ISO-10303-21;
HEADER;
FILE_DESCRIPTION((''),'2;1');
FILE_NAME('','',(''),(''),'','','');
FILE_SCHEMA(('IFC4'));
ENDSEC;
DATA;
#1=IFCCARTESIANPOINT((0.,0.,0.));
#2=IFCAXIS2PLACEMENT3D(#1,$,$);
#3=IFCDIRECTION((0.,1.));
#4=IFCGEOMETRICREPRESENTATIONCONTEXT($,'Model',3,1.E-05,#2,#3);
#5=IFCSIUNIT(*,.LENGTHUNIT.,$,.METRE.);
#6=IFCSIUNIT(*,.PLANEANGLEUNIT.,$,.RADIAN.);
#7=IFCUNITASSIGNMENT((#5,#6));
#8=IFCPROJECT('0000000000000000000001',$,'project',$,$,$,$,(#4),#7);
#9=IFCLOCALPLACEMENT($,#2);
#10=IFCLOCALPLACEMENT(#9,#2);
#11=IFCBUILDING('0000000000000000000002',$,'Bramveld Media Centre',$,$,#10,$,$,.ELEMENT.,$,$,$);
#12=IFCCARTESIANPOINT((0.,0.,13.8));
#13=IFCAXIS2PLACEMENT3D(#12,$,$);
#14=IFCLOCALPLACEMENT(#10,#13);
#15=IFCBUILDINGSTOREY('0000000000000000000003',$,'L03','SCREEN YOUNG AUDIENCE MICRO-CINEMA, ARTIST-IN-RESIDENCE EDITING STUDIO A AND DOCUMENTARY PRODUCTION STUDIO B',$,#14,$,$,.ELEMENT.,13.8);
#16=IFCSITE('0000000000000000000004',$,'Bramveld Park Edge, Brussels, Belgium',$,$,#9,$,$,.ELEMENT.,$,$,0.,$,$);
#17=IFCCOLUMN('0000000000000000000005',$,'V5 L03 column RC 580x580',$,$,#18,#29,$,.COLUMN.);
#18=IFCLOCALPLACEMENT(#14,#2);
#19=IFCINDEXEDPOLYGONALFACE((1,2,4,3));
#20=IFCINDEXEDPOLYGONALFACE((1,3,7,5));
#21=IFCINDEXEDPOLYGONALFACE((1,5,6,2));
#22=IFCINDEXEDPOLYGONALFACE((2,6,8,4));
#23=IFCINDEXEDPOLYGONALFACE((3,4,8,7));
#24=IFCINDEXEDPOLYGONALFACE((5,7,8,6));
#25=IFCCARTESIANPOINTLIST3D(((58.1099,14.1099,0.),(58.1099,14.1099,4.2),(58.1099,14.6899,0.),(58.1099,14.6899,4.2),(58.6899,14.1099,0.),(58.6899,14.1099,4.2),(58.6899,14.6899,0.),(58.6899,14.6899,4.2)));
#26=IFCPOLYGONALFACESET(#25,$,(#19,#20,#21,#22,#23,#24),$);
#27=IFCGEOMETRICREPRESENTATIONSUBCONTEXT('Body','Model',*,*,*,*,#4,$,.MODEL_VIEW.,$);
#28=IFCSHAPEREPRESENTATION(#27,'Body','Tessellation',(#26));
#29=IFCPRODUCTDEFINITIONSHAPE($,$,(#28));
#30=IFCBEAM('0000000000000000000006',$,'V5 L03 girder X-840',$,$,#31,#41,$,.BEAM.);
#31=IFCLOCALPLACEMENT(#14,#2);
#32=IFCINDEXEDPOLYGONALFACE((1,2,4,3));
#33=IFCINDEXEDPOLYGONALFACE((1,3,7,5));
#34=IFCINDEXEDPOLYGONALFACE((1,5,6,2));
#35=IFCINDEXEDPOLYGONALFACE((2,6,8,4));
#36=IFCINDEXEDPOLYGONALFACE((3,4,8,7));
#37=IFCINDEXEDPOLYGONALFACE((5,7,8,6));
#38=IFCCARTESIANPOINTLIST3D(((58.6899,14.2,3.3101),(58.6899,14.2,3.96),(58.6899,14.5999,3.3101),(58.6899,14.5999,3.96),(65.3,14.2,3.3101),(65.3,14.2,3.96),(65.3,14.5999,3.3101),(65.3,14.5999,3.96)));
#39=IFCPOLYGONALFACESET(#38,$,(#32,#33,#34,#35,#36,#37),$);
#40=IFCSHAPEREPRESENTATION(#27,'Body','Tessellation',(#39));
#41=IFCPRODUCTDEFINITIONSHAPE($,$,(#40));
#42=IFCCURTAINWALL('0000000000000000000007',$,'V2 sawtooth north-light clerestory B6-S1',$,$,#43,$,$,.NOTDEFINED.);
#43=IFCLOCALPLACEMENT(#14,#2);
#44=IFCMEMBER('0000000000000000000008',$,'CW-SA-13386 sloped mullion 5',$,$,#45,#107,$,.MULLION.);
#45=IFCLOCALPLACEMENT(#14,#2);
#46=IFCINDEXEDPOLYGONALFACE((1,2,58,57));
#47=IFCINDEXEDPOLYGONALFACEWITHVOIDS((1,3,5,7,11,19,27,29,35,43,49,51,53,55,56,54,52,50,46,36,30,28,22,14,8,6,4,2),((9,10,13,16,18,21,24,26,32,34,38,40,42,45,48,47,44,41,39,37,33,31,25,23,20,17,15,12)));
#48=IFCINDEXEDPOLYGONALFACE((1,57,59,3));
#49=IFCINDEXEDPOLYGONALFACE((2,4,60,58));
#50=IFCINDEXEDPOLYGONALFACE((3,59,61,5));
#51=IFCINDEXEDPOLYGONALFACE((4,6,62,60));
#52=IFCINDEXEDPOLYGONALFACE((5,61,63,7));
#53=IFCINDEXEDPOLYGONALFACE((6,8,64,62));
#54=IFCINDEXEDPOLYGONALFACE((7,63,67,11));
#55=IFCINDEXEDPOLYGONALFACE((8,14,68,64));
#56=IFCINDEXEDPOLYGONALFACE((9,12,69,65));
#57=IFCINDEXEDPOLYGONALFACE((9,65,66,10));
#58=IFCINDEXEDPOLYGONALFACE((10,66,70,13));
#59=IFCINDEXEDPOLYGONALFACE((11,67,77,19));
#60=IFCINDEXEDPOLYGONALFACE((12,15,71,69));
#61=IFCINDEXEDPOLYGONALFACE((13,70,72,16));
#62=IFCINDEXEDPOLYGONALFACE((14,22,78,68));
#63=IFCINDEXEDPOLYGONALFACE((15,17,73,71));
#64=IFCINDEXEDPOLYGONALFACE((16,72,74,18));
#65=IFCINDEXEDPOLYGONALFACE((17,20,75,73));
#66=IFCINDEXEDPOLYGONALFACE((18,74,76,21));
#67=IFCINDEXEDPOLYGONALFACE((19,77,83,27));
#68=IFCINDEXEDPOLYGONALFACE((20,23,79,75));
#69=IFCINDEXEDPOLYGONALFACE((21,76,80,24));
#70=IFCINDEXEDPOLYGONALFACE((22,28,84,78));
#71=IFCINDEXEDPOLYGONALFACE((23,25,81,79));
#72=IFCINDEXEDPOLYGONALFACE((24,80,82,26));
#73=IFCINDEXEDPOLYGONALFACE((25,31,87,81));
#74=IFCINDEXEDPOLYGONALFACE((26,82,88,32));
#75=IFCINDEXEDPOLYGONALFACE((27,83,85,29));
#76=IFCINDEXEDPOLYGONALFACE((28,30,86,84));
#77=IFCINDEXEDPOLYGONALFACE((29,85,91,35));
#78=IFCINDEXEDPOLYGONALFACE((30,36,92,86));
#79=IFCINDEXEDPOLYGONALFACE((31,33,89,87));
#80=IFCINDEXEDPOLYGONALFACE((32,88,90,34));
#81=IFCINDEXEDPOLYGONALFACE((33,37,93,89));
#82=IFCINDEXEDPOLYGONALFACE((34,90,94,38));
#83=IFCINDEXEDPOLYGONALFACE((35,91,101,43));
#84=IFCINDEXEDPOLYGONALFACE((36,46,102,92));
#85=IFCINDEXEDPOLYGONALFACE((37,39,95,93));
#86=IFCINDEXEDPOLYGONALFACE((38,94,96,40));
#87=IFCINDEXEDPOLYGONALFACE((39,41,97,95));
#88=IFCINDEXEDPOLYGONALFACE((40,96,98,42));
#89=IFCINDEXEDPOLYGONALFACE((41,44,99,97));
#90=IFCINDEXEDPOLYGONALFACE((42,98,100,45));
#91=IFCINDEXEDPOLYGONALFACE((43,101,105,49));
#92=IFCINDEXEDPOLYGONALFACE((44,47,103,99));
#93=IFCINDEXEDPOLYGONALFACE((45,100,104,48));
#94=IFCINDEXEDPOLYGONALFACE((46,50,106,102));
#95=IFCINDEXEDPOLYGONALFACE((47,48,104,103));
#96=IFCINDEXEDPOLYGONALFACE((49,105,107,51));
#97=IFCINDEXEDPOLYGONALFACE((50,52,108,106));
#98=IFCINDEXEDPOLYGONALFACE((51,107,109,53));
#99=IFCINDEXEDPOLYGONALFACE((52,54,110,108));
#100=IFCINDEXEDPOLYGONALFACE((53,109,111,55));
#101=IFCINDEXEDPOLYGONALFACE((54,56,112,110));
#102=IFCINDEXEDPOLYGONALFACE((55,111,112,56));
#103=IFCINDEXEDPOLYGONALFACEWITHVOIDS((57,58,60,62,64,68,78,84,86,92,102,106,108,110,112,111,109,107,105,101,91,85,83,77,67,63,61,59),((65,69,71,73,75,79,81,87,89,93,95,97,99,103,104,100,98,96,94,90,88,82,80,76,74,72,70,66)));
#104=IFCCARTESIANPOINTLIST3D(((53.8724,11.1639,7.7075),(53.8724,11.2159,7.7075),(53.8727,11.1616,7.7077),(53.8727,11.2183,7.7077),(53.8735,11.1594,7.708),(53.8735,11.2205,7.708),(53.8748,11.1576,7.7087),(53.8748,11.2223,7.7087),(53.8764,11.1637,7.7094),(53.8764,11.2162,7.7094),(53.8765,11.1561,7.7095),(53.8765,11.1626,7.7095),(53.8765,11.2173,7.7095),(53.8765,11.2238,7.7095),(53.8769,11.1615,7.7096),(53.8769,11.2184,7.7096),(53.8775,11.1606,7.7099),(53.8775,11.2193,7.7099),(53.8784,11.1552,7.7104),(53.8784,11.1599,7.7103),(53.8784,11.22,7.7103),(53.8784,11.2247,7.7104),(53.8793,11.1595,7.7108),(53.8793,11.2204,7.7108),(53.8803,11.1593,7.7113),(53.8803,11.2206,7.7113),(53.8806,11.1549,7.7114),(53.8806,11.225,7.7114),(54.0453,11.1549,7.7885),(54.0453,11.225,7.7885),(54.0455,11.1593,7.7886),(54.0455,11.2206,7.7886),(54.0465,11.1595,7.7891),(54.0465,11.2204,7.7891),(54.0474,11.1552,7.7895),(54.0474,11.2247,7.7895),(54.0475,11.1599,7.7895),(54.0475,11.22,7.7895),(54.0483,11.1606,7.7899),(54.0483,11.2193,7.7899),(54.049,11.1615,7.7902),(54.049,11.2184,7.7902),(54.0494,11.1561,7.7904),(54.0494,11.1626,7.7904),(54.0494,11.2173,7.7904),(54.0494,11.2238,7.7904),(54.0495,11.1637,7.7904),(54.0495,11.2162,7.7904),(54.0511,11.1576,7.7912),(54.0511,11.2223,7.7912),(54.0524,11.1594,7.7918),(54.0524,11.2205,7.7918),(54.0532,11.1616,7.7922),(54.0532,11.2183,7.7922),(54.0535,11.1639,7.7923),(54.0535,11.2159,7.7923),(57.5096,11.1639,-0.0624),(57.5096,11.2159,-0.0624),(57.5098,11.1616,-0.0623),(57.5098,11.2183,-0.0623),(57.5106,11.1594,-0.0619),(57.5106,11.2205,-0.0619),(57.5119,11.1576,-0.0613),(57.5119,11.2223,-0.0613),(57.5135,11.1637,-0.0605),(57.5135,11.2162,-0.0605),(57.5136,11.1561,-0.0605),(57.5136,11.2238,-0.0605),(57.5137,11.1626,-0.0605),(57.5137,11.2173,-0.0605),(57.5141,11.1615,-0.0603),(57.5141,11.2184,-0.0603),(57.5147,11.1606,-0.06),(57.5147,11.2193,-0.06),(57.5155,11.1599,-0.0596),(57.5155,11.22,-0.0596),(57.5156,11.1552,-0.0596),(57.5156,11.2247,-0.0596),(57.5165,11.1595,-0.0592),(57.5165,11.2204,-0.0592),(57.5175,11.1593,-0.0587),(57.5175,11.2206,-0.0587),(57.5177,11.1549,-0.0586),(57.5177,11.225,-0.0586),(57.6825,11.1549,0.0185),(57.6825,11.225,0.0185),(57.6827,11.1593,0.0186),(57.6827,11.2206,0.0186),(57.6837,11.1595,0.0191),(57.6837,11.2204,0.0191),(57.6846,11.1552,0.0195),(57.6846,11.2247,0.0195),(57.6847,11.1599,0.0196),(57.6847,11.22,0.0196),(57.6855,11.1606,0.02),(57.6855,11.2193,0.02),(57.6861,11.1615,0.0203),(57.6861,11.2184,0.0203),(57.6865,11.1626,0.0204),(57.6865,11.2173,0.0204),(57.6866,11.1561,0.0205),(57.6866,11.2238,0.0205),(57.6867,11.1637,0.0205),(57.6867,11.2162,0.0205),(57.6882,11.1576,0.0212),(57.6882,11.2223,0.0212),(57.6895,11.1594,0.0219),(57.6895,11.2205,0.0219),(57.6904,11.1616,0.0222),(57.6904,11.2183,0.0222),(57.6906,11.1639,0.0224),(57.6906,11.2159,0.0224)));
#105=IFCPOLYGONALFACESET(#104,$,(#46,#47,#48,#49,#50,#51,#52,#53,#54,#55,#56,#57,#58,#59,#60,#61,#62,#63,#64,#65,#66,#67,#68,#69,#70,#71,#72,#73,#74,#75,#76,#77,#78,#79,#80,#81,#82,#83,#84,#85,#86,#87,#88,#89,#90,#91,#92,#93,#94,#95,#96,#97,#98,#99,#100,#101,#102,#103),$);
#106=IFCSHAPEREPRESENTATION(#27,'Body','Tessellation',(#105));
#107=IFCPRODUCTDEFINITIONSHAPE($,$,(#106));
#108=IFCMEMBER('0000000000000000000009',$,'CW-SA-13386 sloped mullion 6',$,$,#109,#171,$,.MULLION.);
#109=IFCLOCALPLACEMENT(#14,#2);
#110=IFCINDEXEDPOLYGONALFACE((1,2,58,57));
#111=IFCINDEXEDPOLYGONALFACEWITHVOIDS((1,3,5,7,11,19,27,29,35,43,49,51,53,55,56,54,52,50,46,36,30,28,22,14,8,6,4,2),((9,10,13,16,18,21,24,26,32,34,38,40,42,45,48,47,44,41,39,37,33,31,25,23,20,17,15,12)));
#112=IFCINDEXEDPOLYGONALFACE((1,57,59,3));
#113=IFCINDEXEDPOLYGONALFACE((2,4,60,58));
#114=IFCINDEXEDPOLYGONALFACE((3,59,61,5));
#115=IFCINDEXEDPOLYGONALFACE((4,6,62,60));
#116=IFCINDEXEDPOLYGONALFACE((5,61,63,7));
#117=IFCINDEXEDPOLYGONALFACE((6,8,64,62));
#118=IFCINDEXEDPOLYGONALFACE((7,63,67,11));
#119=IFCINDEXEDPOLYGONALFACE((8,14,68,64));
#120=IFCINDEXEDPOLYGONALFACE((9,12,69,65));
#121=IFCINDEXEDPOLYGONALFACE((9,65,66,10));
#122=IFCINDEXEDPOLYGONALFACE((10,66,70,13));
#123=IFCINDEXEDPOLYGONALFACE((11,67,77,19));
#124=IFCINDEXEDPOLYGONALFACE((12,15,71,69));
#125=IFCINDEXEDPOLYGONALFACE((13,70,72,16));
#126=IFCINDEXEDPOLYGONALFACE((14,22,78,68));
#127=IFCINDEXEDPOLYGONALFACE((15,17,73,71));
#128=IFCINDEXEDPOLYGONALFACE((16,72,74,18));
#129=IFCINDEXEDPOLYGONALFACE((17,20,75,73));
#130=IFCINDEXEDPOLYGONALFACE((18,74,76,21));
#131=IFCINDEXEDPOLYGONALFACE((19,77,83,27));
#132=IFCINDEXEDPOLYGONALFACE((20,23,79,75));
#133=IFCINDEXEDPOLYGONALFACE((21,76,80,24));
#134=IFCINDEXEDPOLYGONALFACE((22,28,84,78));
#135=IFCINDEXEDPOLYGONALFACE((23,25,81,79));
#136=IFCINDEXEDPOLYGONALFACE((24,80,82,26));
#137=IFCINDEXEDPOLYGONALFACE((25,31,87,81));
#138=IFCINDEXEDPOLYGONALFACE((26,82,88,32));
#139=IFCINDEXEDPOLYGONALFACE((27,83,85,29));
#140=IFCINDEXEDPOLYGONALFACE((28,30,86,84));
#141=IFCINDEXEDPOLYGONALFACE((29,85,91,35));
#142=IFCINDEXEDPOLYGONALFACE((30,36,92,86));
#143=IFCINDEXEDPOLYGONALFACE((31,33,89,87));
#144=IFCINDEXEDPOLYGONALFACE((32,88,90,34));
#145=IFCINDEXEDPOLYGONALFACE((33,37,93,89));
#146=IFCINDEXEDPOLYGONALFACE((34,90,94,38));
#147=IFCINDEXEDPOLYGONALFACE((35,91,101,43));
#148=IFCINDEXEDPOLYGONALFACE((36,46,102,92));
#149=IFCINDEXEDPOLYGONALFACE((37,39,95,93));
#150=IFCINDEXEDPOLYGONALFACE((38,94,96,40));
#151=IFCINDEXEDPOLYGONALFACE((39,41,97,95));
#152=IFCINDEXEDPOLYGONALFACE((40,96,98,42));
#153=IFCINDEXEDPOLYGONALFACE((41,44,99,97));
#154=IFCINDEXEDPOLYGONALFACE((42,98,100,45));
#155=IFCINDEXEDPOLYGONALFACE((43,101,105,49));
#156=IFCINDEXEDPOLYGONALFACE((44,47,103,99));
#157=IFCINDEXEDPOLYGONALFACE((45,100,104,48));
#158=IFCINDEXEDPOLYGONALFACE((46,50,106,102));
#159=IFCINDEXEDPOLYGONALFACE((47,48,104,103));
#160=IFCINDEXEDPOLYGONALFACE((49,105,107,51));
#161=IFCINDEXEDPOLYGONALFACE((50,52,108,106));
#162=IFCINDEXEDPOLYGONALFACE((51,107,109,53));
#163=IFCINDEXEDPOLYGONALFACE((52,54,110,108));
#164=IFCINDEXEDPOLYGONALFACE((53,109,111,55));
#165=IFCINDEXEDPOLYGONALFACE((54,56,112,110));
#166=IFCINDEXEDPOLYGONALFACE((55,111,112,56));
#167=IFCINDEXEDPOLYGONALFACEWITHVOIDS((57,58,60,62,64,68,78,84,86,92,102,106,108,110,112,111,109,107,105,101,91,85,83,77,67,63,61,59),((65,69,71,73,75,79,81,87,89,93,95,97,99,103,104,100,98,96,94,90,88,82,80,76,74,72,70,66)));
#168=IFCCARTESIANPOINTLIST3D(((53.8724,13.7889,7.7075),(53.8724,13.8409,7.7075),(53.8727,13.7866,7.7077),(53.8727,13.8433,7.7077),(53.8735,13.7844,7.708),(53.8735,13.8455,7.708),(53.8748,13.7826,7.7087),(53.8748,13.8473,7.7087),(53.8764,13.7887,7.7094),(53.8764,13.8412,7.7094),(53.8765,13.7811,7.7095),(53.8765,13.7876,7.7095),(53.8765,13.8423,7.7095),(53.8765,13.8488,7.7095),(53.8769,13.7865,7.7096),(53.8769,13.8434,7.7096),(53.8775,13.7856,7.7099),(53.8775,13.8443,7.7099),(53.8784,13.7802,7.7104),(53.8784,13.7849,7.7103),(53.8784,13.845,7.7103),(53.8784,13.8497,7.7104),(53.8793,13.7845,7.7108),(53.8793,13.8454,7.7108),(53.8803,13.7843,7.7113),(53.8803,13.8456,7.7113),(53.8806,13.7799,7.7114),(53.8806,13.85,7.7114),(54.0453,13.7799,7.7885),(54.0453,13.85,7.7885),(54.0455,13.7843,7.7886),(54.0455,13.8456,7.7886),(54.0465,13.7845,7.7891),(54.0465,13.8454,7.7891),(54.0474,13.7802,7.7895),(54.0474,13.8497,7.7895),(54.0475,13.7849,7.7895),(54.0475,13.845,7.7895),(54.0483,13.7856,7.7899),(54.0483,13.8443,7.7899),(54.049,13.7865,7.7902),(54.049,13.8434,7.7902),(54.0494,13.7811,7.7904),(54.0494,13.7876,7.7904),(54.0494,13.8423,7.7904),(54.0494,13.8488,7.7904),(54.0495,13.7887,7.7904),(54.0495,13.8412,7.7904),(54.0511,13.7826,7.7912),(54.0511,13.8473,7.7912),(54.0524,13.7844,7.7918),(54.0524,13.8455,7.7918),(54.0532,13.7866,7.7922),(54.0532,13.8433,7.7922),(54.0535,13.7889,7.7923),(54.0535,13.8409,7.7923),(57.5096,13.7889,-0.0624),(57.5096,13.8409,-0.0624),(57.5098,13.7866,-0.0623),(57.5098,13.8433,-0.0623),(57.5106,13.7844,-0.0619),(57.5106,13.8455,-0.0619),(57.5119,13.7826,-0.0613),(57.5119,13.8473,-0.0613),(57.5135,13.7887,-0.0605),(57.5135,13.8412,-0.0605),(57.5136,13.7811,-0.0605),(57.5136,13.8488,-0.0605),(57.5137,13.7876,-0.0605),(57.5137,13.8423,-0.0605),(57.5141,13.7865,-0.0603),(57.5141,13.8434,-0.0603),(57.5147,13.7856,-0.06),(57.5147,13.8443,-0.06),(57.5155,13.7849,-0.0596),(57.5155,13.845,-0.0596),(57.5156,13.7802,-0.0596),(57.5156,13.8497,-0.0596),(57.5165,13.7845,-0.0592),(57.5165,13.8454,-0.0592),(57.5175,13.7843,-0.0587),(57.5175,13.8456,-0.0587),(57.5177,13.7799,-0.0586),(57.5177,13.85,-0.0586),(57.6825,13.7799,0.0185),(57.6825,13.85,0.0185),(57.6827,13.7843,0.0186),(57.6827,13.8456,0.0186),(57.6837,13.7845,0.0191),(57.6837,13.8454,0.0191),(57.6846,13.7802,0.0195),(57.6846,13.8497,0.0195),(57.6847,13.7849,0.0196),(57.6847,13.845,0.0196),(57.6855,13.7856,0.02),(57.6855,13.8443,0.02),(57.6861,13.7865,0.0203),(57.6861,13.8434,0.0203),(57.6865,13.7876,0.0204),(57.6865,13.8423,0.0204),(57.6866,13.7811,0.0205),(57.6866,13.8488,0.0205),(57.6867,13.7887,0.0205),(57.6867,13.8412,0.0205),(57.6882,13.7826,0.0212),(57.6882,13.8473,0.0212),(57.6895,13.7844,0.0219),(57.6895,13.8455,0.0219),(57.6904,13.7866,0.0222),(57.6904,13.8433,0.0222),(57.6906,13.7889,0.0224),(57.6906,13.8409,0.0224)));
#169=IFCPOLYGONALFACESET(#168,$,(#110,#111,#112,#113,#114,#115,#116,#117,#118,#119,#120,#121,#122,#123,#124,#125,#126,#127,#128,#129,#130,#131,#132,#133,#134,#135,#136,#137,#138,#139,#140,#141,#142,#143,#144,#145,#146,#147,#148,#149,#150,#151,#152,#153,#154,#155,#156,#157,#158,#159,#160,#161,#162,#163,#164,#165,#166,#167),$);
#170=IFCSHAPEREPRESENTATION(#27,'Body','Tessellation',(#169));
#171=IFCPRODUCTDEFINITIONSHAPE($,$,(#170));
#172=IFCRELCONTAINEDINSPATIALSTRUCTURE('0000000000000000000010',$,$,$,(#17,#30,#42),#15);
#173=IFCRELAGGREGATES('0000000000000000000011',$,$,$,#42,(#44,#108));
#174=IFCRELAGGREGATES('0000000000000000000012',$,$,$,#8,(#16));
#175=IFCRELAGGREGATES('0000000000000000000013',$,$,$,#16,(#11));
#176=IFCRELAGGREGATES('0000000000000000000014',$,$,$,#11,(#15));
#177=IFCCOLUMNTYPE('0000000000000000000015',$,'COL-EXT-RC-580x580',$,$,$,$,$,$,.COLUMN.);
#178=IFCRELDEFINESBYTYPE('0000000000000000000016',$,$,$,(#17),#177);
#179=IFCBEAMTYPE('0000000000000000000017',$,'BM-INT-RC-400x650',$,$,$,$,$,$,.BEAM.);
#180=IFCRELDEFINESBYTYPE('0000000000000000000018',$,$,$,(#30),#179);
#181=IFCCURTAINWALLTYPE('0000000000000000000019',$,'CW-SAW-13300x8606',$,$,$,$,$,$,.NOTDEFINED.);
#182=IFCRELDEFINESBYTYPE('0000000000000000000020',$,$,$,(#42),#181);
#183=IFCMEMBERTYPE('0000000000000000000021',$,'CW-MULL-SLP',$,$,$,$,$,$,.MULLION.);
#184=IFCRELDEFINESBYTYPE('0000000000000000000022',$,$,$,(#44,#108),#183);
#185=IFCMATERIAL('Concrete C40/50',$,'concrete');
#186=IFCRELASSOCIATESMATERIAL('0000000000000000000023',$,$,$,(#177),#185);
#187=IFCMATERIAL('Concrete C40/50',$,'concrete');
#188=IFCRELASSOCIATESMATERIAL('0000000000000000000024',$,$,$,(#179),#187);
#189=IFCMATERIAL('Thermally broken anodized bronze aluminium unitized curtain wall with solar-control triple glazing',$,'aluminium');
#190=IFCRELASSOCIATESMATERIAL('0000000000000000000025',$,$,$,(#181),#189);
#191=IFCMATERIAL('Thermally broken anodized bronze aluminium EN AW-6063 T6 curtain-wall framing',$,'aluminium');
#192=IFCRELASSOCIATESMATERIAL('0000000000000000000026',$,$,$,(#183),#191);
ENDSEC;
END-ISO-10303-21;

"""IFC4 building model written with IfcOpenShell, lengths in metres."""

from ifc_helpers import new_model, si_unit, direction, frame, origin, origin_2d, place, context, subcontext, project, spatial, rectangle, hollow_rectangle, extrude, material, material_profile, profile_set, type_object, element, aggregate, save


model = new_model("IFC4")

# Units and contexts
model_context = context("Model", 3, precision=1e-05, world=origin(), true_north=direction((0.0, 1.0)))
body_context = subcontext(model_context, "Body", "Model", "MODEL_VIEW")
ifc_project = project(units=[si_unit("LENGTHUNIT", "METRE"), si_unit("PLANEANGLEUNIT", "RADIAN")], contexts=[model_context])

# Site, building, storey
site_placement = place(None, origin())
site = spatial("IfcSite", under=ifc_project, at=site_placement, Name="Bramveld Park Edge, Brussels, Belgium", CompositionType="ELEMENT", RefElevation=0.0)
building_placement = place(site_placement, origin())
building = spatial("IfcBuilding", under=site, at=building_placement, Name="Bramveld Media Centre", CompositionType="ELEMENT")
storey_placement = place(building_placement, frame((0.0, 0.0, 13.8)))
storey = spatial("IfcBuildingStorey", under=building, at=storey_placement, Name="L03", Description="SCREEN YOUNG AUDIENCE MICRO-CINEMA, ARTIST-IN-RESIDENCE EDITING STUDIO A AND DOCUMENTARY PRODUCTION STUDIO B", CompositionType="ELEMENT", Elevation=13.8)

# Column
ifc_material_1 = material(Name="Concrete C40/50", Category="concrete")
ifc_material_profile_1 = material_profile(ifc_material_1, rectangle(XDim=0.5801, YDim=0.5801, at=origin_2d()), Name="RC 580x580")
ifc_profile_set_1 = profile_set([ifc_material_profile_1], Name="Concrete C40/50")
column_type = type_object("IfcColumnType", Name="COL-EXT-RC-580x580", PredefinedType="COLUMN", material=ifc_profile_set_1)
column_placement = place(storey_placement, frame((58.3999, 14.3999, 0.0), z_axis=(0.0, 0.0, 1.0), x_axis=(1.0, 0.0, 0.0)))
element("IfcColumn", 1, at=column_placement, inside=storey, type_object=column_type, Name="V5 L03 column RC 580x580", PredefinedType="COLUMN", context=body_context, shape_type="SweptSolid", body=[
    extrude(rectangle(XDim=0.5801, YDim=0.5801, at=origin_2d()), origin(), (0.0, 0.0, 1.0), 4.2),
])

# Beam
ifc_material_2 = material(Name="Concrete C40/50", Category="concrete")
ifc_material_profile_2 = material_profile(ifc_material_2, rectangle(XDim=0.3999, YDim=0.6499, at=origin_2d()), Name="RC 400x650")
ifc_profile_set_2 = profile_set([ifc_material_profile_2], Name="Concrete C40/50")
beam_type_1 = type_object("IfcBeamType", Name="BM-INT-RC-400x650", PredefinedType="BEAM", material=ifc_profile_set_2)
beam_1_placement = place(storey_placement, frame((58.6899, 14.3999, 3.635), z_axis=(1.0, 0.0, 0.0), x_axis=(0.0, 1.0, 0.0)))
element("IfcBeam", 2, at=beam_1_placement, inside=storey, type_object=beam_type_1, Name="V5 L03 girder X-840", PredefinedType="BEAM", context=body_context, shape_type="SweptSolid", body=[
    extrude(rectangle(XDim=0.3999, YDim=0.6499, at=origin_2d()), origin(), (0.0, 0.0, 1.0), 6.6101),
])

# Curtain wall, members
ifc_material_3 = material(Name="Thermally broken anodized bronze aluminium unitized curtain wall with solar-control triple glazing", Category="aluminium")
curtain_wall_type = type_object("IfcCurtainWallType", Name="CW-SAW-13300x8606", PredefinedType="NOTDEFINED", material=ifc_material_3)
curtain_wall_1_placement = place(storey_placement, origin())
curtain_wall_1 = element("IfcCurtainWall", 3, at=curtain_wall_1_placement, inside=storey, type_object=curtain_wall_type, Name="V2 sawtooth north-light clerestory B6-S1", PredefinedType="NOTDEFINED")
ifc_material_4 = material(Name="Thermally broken anodized bronze aluminium EN AW-6063 T6 curtain-wall framing", Category="aluminium")
ifc_material_profile_3 = material_profile(ifc_material_4, hollow_rectangle(XDim=0.0701, YDim=0.2, WallThickness=0.0044, InnerFilletRadius=0.0044, OuterFilletRadius=0.009, at=origin_2d()), Name="AL-MULL 70x200")
ifc_profile_set_3 = profile_set([ifc_material_profile_3], Name="Thermally broken anodized bronze aluminium EN AW-6063 T6 curtain-wall framing")
member_type_1 = type_object("IfcMemberType", Name="CW-MULL-SLP", PredefinedType="MULLION", material=ifc_profile_set_3)
member_1_placement = place(storey_placement, frame((57.6001, 11.1899, -0.02), z_axis=(-0.423957, 0.0, 0.905682), x_axis=(0.0, -1.0, 0.0)))
member_1 = element("IfcMember", 4, at=member_1_placement, type_object=member_type_1, Name="CW-SA-13386 sloped mullion 5", PredefinedType="MULLION", context=body_context, shape_type="SweptSolid", body=[
    extrude(hollow_rectangle(XDim=0.0701, YDim=0.2, WallThickness=0.0044, InnerFilletRadius=0.0044, OuterFilletRadius=0.009, at=origin_2d()), origin(), (0.0, 0.0, 1.0), 8.5791),
])
member_2_placement = place(storey_placement, frame((57.6001, 13.8149, -0.02), z_axis=(-0.423957, 0.0, 0.905682), x_axis=(0.0, -1.0, 0.0)))
member_2 = element("IfcMember", 5, at=member_2_placement, type_object=member_type_1, Name="CW-SA-13386 sloped mullion 6", PredefinedType="MULLION", context=body_context, shape_type="SweptSolid", body=[
    extrude(hollow_rectangle(XDim=0.0701, YDim=0.2, WallThickness=0.0044, InnerFilletRadius=0.0044, OuterFilletRadius=0.009, at=origin_2d()), origin(), (0.0, 0.0, 1.0), 8.5791),
])

aggregate(curtain_wall_1, [member_1, member_2])

save(model, "model.ifc")
